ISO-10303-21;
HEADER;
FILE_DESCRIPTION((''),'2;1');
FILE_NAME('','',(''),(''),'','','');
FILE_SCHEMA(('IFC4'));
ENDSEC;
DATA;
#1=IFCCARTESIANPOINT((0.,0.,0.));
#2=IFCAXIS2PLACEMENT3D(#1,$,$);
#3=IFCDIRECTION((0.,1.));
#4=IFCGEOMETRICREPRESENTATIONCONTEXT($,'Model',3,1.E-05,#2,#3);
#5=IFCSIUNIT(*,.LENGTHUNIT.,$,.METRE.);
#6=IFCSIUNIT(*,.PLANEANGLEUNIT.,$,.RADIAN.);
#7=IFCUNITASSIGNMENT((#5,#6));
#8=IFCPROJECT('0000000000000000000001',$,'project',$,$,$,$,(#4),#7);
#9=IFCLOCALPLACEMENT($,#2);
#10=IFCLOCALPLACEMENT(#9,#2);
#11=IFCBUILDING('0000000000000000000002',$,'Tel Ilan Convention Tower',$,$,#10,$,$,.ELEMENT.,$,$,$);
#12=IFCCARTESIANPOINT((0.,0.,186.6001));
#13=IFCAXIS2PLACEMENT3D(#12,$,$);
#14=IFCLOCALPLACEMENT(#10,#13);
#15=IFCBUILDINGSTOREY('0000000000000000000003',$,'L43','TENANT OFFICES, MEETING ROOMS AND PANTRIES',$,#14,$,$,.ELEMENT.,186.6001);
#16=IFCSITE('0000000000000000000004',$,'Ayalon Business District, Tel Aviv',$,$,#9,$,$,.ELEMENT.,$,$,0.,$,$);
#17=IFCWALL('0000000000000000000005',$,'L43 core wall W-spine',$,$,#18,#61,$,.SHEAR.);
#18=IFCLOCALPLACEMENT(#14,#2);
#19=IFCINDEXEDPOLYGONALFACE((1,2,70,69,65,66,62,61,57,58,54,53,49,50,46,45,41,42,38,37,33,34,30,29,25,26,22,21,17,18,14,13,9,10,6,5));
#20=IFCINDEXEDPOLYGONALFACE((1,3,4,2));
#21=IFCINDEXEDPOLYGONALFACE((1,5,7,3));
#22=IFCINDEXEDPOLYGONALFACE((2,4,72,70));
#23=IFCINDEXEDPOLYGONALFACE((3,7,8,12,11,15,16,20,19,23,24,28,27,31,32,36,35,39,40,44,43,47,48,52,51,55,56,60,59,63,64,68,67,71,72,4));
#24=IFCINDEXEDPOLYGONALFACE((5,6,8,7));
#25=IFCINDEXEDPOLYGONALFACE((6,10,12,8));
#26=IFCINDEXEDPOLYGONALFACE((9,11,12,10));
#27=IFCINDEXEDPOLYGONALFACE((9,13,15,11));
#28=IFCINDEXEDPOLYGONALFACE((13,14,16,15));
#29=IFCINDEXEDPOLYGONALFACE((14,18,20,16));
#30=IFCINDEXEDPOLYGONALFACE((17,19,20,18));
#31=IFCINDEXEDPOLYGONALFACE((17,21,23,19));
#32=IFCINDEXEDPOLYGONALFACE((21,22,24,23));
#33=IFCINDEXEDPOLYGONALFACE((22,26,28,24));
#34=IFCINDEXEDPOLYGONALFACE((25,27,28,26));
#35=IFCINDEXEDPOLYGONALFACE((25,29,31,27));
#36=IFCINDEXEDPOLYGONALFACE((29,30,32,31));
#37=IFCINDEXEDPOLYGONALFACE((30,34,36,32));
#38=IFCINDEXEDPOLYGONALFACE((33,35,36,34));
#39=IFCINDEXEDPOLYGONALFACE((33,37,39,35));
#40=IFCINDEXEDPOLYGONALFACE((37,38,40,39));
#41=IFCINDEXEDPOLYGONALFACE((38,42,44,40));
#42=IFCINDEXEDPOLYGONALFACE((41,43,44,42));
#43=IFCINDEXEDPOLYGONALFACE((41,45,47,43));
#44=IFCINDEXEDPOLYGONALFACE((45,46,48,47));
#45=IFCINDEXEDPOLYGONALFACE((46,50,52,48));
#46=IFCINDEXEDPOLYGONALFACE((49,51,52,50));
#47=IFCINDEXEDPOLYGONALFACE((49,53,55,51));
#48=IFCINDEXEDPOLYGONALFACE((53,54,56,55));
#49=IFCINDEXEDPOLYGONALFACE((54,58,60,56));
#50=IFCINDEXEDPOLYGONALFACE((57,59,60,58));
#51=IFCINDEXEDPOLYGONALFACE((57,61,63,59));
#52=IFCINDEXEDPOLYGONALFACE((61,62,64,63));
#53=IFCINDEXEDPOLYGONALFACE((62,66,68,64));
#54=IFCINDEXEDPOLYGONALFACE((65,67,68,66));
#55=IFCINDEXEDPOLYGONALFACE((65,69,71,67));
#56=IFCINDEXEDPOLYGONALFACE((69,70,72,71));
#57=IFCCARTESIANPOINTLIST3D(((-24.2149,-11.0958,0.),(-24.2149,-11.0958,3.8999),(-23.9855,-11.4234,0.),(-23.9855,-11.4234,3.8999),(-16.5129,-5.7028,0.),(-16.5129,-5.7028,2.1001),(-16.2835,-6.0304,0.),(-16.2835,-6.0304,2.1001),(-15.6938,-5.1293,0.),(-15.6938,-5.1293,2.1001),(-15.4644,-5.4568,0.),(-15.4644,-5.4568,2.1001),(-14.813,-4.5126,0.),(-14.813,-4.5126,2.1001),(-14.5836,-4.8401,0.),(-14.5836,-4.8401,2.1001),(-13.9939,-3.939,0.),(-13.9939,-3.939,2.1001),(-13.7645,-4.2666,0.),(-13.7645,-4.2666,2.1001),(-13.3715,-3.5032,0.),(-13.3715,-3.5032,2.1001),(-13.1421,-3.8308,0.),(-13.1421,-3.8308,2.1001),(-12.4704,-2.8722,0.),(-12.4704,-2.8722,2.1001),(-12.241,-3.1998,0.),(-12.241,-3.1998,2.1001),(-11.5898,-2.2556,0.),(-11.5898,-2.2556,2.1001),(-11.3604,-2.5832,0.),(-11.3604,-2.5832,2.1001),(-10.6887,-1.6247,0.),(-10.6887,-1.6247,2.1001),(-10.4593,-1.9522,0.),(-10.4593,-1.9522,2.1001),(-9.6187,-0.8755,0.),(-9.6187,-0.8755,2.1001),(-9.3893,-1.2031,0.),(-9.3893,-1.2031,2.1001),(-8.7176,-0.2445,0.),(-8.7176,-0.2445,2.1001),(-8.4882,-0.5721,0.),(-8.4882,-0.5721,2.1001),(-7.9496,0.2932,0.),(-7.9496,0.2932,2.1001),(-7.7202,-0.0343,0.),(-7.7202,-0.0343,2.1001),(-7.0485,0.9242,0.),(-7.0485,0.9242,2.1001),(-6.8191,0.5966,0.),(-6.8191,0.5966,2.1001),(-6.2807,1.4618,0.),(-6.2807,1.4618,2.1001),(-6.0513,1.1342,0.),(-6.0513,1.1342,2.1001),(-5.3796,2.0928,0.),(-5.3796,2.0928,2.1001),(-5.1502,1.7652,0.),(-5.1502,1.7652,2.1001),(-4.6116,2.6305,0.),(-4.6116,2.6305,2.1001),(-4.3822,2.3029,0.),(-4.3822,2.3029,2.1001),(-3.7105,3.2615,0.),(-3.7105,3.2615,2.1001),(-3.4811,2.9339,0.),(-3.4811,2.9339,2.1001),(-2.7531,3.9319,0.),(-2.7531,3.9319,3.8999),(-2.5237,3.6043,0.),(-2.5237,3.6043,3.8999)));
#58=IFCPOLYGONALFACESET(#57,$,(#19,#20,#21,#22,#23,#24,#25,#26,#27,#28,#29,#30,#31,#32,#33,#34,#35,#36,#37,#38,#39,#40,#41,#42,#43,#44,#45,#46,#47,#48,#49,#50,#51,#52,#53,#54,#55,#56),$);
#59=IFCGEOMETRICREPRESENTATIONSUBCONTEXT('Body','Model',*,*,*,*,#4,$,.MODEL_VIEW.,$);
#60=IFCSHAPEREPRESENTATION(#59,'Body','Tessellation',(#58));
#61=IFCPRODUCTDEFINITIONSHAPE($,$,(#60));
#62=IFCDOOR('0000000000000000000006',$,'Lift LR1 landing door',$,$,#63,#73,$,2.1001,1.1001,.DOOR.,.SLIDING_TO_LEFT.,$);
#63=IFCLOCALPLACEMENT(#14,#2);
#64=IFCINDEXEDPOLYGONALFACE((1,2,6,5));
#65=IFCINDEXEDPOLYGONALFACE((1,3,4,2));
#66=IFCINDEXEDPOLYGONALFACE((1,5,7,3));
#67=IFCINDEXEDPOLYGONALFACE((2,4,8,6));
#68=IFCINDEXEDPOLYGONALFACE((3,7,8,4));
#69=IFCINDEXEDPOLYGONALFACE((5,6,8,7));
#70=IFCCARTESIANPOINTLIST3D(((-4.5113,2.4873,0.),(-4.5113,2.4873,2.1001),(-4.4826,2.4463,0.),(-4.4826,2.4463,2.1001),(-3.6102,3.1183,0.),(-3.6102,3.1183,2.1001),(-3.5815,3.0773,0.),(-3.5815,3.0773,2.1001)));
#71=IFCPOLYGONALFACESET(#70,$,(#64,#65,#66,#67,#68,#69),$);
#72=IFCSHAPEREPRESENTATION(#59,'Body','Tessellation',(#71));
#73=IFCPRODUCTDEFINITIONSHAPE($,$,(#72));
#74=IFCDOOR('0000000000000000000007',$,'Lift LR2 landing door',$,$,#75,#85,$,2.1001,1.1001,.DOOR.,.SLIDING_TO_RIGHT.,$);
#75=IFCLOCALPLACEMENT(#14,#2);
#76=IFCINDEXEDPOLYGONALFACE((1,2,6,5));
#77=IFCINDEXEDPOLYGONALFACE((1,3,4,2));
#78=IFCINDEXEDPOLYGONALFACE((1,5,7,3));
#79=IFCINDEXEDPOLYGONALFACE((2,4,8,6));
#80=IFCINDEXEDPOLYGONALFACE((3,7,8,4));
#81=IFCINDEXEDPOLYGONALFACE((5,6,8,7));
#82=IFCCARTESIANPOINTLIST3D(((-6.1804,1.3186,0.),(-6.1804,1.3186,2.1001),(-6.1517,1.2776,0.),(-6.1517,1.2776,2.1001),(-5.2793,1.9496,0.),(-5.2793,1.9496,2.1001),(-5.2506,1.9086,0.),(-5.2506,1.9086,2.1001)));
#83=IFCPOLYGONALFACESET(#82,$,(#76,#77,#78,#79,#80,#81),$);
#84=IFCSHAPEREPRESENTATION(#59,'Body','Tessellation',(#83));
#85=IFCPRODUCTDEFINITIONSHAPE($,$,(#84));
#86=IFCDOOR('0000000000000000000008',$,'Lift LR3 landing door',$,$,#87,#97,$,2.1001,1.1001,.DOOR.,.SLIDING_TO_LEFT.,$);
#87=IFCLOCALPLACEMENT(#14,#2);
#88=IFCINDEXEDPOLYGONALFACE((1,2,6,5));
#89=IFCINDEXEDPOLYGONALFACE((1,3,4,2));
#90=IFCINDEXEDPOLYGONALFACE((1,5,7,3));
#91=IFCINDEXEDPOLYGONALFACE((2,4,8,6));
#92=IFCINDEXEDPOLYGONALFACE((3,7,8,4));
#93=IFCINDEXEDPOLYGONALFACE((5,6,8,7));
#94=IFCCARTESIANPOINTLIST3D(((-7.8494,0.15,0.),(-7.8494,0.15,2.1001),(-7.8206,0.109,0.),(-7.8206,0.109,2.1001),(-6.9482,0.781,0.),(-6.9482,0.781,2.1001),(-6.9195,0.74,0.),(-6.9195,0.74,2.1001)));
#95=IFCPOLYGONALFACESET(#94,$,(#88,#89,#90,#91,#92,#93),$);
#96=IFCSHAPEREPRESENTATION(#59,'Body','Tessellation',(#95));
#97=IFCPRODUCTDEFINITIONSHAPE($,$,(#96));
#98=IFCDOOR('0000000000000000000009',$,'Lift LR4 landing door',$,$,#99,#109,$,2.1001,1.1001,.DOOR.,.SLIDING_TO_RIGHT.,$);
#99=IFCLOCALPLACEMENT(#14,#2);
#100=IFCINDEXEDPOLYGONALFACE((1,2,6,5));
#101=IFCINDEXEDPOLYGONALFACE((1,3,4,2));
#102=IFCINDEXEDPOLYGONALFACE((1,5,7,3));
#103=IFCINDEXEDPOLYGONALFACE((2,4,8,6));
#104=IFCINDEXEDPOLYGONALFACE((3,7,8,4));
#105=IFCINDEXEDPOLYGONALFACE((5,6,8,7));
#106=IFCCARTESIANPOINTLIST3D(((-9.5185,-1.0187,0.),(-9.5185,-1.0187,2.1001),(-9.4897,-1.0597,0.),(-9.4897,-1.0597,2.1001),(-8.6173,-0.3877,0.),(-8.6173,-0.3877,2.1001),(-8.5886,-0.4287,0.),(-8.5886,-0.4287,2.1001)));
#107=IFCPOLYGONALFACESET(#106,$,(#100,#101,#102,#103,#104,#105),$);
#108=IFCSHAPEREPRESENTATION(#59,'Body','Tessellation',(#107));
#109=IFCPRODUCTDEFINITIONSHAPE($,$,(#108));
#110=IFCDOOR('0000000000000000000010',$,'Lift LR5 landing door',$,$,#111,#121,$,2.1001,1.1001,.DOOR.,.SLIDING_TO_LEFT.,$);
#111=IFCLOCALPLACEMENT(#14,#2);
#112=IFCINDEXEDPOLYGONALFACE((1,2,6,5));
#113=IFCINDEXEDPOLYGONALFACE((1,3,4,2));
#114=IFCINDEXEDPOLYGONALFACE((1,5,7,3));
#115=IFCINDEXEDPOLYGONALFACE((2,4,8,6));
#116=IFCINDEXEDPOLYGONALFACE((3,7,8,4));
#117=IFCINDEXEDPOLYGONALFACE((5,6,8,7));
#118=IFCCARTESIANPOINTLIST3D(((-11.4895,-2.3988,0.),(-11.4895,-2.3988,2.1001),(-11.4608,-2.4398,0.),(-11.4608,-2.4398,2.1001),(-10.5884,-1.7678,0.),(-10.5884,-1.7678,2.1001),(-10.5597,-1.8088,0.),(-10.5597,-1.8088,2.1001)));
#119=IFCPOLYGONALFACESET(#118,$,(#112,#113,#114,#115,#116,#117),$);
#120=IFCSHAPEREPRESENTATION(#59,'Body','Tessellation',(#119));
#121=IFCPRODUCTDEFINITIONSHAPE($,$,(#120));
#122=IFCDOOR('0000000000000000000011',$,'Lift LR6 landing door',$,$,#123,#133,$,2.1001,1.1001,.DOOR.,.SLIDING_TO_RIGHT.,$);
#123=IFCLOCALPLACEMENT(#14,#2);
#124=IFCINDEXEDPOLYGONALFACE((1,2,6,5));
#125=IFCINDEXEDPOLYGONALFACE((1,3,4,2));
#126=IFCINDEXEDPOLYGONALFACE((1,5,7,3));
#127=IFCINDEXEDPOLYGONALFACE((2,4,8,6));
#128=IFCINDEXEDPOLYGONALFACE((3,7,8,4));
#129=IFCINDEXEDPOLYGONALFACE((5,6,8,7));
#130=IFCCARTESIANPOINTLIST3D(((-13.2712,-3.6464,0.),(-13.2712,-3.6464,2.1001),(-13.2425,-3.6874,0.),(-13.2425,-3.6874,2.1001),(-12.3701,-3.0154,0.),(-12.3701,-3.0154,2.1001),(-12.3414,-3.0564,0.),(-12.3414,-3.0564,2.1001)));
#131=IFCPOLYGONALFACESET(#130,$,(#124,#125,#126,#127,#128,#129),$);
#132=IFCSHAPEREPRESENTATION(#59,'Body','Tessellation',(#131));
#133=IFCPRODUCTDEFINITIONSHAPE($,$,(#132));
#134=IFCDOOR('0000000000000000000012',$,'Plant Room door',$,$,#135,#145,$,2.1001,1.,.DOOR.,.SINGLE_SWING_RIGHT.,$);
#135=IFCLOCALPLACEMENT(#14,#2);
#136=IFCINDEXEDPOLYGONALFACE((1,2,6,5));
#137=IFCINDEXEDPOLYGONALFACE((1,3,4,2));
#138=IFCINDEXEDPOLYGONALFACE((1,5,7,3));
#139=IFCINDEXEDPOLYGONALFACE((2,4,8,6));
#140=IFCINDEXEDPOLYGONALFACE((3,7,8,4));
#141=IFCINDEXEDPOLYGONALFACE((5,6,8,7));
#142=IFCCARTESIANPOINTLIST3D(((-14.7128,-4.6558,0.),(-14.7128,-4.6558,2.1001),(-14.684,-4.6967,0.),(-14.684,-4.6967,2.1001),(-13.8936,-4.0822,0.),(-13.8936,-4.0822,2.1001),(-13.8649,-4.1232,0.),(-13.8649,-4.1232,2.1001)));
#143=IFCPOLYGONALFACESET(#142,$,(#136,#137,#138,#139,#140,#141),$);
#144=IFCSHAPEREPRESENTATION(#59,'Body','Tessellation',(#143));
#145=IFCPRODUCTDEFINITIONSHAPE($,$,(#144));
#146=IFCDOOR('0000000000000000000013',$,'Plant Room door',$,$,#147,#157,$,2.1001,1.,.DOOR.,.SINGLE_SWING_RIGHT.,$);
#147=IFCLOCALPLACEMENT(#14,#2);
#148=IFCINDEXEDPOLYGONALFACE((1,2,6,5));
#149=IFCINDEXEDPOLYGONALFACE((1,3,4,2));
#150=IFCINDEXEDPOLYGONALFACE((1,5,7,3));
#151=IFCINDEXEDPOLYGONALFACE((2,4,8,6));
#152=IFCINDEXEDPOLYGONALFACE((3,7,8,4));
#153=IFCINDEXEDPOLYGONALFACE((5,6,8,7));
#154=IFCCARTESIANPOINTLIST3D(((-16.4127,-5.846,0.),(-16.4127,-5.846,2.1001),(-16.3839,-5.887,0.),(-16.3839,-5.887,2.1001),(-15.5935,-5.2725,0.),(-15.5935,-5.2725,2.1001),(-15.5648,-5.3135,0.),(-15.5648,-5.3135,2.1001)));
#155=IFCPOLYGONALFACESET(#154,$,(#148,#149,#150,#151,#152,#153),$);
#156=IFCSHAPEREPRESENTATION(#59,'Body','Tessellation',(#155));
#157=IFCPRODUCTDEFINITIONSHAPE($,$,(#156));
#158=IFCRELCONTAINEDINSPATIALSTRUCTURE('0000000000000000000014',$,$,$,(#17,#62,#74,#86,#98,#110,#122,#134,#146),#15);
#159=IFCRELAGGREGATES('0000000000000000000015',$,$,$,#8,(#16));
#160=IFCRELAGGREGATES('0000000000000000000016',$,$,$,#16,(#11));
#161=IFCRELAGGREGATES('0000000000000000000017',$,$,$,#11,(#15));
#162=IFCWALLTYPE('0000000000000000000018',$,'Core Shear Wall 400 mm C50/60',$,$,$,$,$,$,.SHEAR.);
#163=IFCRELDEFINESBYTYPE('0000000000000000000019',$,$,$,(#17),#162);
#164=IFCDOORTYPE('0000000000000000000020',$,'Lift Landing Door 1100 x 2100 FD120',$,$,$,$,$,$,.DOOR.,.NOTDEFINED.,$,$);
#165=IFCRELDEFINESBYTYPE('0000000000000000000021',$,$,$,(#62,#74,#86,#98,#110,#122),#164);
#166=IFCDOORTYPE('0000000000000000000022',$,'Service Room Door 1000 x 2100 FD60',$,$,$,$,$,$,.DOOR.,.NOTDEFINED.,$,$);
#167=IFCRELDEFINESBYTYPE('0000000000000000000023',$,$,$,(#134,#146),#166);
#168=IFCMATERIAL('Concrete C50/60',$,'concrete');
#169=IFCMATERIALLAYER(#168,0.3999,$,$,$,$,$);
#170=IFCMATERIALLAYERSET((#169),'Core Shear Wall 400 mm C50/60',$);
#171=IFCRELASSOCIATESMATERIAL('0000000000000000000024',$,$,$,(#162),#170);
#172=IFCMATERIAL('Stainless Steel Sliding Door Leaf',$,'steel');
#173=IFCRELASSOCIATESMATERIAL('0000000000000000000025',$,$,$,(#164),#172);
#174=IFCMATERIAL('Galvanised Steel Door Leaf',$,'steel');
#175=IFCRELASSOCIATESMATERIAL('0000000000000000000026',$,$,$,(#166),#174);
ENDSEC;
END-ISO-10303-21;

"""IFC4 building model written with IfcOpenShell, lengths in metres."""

from ifc_helpers import new_model, si_unit, direction, frame, frame_2d, origin, place, context, subcontext, project, spatial, polyline, rectangle, outline, extrude, material, layer, layer_set, type_object, element, fill, save


model = new_model("IFC4")

# Units and contexts
model_context = context("Model", 3, precision=1e-05, world=origin(), true_north=direction((0.0, 1.0)))
body_context = subcontext(model_context, "Body", "Model", "MODEL_VIEW")
ifc_project = project(units=[si_unit("LENGTHUNIT", "METRE"), si_unit("PLANEANGLEUNIT", "RADIAN")], contexts=[model_context])

# Site, building, storey
site_placement = place(None, origin())
site = spatial("IfcSite", under=ifc_project, at=site_placement, Name="Ayalon Business District, Tel Aviv", CompositionType="ELEMENT", RefElevation=0.0)
building_placement = place(site_placement, origin())
building = spatial("IfcBuilding", under=site, at=building_placement, Name="Tel Ilan Convention Tower", CompositionType="ELEMENT")
storey_placement = place(building_placement, frame((0.0, 0.0, 186.6001)))
storey = spatial("IfcBuildingStorey", under=building, at=storey_placement, Name="L43", Description="TENANT OFFICES, MEETING ROOMS AND PANTRIES", CompositionType="ELEMENT", Elevation=186.6001)

# Wall, openings, doors
ifc_material_1 = material(Name="Concrete C50/60", Category="concrete")
ifc_layer_1 = layer(ifc_material_1, 0.3999)
ifc_layer_set_1 = layer_set([ifc_layer_1], Name="Core Shear Wall 400 mm C50/60")
wall_type_1 = type_object("IfcWallType", Name="Core Shear Wall 400 mm C50/60", PredefinedType="SHEAR", material=ifc_layer_set_1)
wall_1_placement = place(storey_placement, frame((-2.6384, 3.7681, 0.0), z_axis=(0.0, 0.0, 1.0), x_axis=(-0.819153, -0.573576, 0.0)))
wall_1 = element("IfcWall", 1, at=wall_1_placement, inside=storey, type_object=wall_type_1, Name="L43 core wall W-spine", PredefinedType="SHEAR", context=body_context, shape_type="SweptSolid", body=[
    extrude(outline(polyline([(26.2, 0.2), (0.0, 0.2), (0.0, -0.2), (26.2, -0.2), (26.2, 0.2)])), origin(), (0.0, 0.0, 1.0), 3.8999),
])
opening_1_placement = place(wall_1_placement, frame((1.1687, 0.0, 0.0)))
opening_1 = element("IfcOpeningElement", 2, at=opening_1_placement, cuts=wall_1, PredefinedType="OPENING", context=body_context, shape_type="SweptSolid", body=[
    extrude(rectangle(XDim=1.1001, YDim=2.1001, at=frame_2d((0.55, 1.05))), frame((0.0, 0.21, 0.0), z_axis=(0.0, -1.0, 0.0), x_axis=(1.0, 0.0, 0.0)), (0.0, 0.0, 1.0), 0.4199),
])
opening_2_placement = place(wall_1_placement, frame((3.2063, 0.0, 0.0)))
opening_2 = element("IfcOpeningElement", 3, at=opening_2_placement, cuts=wall_1, PredefinedType="OPENING", context=body_context, shape_type="SweptSolid", body=[
    extrude(rectangle(XDim=1.1001, YDim=2.1001, at=frame_2d((0.55, 1.05))), frame((0.0, 0.21, 0.0), z_axis=(0.0, -1.0, 0.0), x_axis=(1.0, 0.0, 0.0)), (0.0, 0.0, 1.0), 0.4199),
])
opening_3_placement = place(wall_1_placement, frame((5.2437, 0.0, 0.0)))
opening_3 = element("IfcOpeningElement", 4, at=opening_3_placement, cuts=wall_1, PredefinedType="OPENING", context=body_context, shape_type="SweptSolid", body=[
    extrude(rectangle(XDim=1.1001, YDim=2.1001, at=frame_2d((0.55, 1.05))), frame((0.0, 0.21, 0.0), z_axis=(0.0, -1.0, 0.0), x_axis=(1.0, 0.0, 0.0)), (0.0, 0.0, 1.0), 0.4199),
])
opening_4_placement = place(wall_1_placement, frame((7.2812, 0.0, 0.0)))
opening_4 = element("IfcOpeningElement", 5, at=opening_4_placement, cuts=wall_1, PredefinedType="OPENING", context=body_context, shape_type="SweptSolid", body=[
    extrude(rectangle(XDim=1.1001, YDim=2.1001, at=frame_2d((0.55, 1.05))), frame((0.0, 0.21, 0.0), z_axis=(0.0, -1.0, 0.0), x_axis=(1.0, 0.0, 0.0)), (0.0, 0.0, 1.0), 0.4199),
])
opening_5_placement = place(wall_1_placement, frame((9.6875, 0.0, 0.0)))
opening_5 = element("IfcOpeningElement", 6, at=opening_5_placement, cuts=wall_1, PredefinedType="OPENING", context=body_context, shape_type="SweptSolid", body=[
    extrude(rectangle(XDim=1.1001, YDim=2.1001, at=frame_2d((0.55, 1.05))), frame((0.0, 0.21, 0.0), z_axis=(0.0, -1.0, 0.0), x_axis=(1.0, 0.0, 0.0)), (0.0, 0.0, 1.0), 0.4199),
])
opening_6_placement = place(wall_1_placement, frame((11.8625, 0.0, 0.0)))
opening_6 = element("IfcOpeningElement", 7, at=opening_6_placement, cuts=wall_1, PredefinedType="OPENING", context=body_context, shape_type="SweptSolid", body=[
    extrude(rectangle(XDim=1.1001, YDim=2.1001, at=frame_2d((0.55, 1.05))), frame((0.0, 0.21, 0.0), z_axis=(0.0, -1.0, 0.0), x_axis=(1.0, 0.0, 0.0)), (0.0, 0.0, 1.0), 0.4199),
])
opening_7_placement = place(wall_1_placement, frame((13.7224, 0.0, 0.0)))
opening_7 = element("IfcOpeningElement", 8, at=opening_7_placement, cuts=wall_1, PredefinedType="OPENING", context=body_context, shape_type="SweptSolid", body=[
    extrude(rectangle(XDim=1.0, YDim=2.1001, at=frame_2d((0.5, 1.05))), frame((0.0, 0.21, 0.0), z_axis=(0.0, -1.0, 0.0), x_axis=(1.0, 0.0, 0.0)), (0.0, 0.0, 1.0), 0.4199),
])
opening_8_placement = place(wall_1_placement, frame((15.7976, 0.0, 0.0)))
opening_8 = element("IfcOpeningElement", 9, at=opening_8_placement, cuts=wall_1, PredefinedType="OPENING", context=body_context, shape_type="SweptSolid", body=[
    extrude(rectangle(XDim=1.0, YDim=2.1001, at=frame_2d((0.5, 1.05))), frame((0.0, 0.21, 0.0), z_axis=(0.0, -1.0, 0.0), x_axis=(1.0, 0.0, 0.0)), (0.0, 0.0, 1.0), 0.4199),
])
ifc_material_2 = material(Name="Stainless Steel Sliding Door Leaf", Category="steel")
door_type_1 = type_object("IfcDoorType", Name="Lift Landing Door 1100 x 2100 FD120", OperationType="NOTDEFINED", PredefinedType="DOOR", material=ifc_material_2)
door_1_placement = place(opening_1_placement, origin())
door_1 = element("IfcDoor", 10, at=door_1_placement, inside=storey, type_object=door_type_1, Name="Lift LR1 landing door", OperationType="SLIDING_TO_LEFT", OverallHeight=2.1001, OverallWidth=1.1001, PredefinedType="DOOR", context=body_context, shape_type="SweptSolid", body=[
    extrude(rectangle(XDim=1.1001, YDim=2.1001, at=frame_2d((0.55, 1.05))), frame((0.0, 0.0249, 0.0), z_axis=(0.0, -1.0, 0.0), x_axis=(1.0, 0.0, 0.0)), (0.0, 0.0, 1.0), 0.05),
])
fill(opening_1, door_1)
door_2_placement = place(opening_2_placement, origin())
door_2 = element("IfcDoor", 11, at=door_2_placement, inside=storey, type_object=door_type_1, Name="Lift LR2 landing door", OperationType="SLIDING_TO_RIGHT", OverallHeight=2.1001, OverallWidth=1.1001, PredefinedType="DOOR", context=body_context, shape_type="SweptSolid", body=[
    extrude(rectangle(XDim=1.1001, YDim=2.1001, at=frame_2d((0.55, 1.05))), frame((0.0, 0.0249, 0.0), z_axis=(0.0, -1.0, 0.0), x_axis=(1.0, 0.0, 0.0)), (0.0, 0.0, 1.0), 0.05),
])
fill(opening_2, door_2)
door_3_placement = place(opening_3_placement, origin())
door_3 = element("IfcDoor", 12, at=door_3_placement, inside=storey, type_object=door_type_1, Name="Lift LR3 landing door", OperationType="SLIDING_TO_LEFT", OverallHeight=2.1001, OverallWidth=1.1001, PredefinedType="DOOR", context=body_context, shape_type="SweptSolid", body=[
    extrude(rectangle(XDim=1.1001, YDim=2.1001, at=frame_2d((0.55, 1.05))), frame((0.0, 0.0249, 0.0), z_axis=(0.0, -1.0, 0.0), x_axis=(1.0, 0.0, 0.0)), (0.0, 0.0, 1.0), 0.05),
])
fill(opening_3, door_3)
door_4_placement = place(opening_4_placement, origin())
door_4 = element("IfcDoor", 13, at=door_4_placement, inside=storey, type_object=door_type_1, Name="Lift LR4 landing door", OperationType="SLIDING_TO_RIGHT", OverallHeight=2.1001, OverallWidth=1.1001, PredefinedType="DOOR", context=body_context, shape_type="SweptSolid", body=[
    extrude(rectangle(XDim=1.1001, YDim=2.1001, at=frame_2d((0.55, 1.05))), frame((0.0, 0.0249, 0.0), z_axis=(0.0, -1.0, 0.0), x_axis=(1.0, 0.0, 0.0)), (0.0, 0.0, 1.0), 0.05),
])
fill(opening_4, door_4)
door_5_placement = place(opening_5_placement, origin())
door_5 = element("IfcDoor", 14, at=door_5_placement, inside=storey, type_object=door_type_1, Name="Lift LR5 landing door", OperationType="SLIDING_TO_LEFT", OverallHeight=2.1001, OverallWidth=1.1001, PredefinedType="DOOR", context=body_context, shape_type="SweptSolid", body=[
    extrude(rectangle(XDim=1.1001, YDim=2.1001, at=frame_2d((0.55, 1.05))), frame((0.0, 0.0249, 0.0), z_axis=(0.0, -1.0, 0.0), x_axis=(1.0, 0.0, 0.0)), (0.0, 0.0, 1.0), 0.05),
])
fill(opening_5, door_5)
door_6_placement = place(opening_6_placement, origin())
door_6 = element("IfcDoor", 15, at=door_6_placement, inside=storey, type_object=door_type_1, Name="Lift LR6 landing door", OperationType="SLIDING_TO_RIGHT", OverallHeight=2.1001, OverallWidth=1.1001, PredefinedType="DOOR", context=body_context, shape_type="SweptSolid", body=[
    extrude(rectangle(XDim=1.1001, YDim=2.1001, at=frame_2d((0.55, 1.05))), frame((0.0, 0.0249, 0.0), z_axis=(0.0, -1.0, 0.0), x_axis=(1.0, 0.0, 0.0)), (0.0, 0.0, 1.0), 0.05),
])
fill(opening_6, door_6)
ifc_material_3 = material(Name="Galvanised Steel Door Leaf", Category="steel")
door_type_2 = type_object("IfcDoorType", Name="Service Room Door 1000 x 2100 FD60", OperationType="NOTDEFINED", PredefinedType="DOOR", material=ifc_material_3)
door_7_placement = place(opening_7_placement, origin())
door_7 = element("IfcDoor", 16, at=door_7_placement, inside=storey, type_object=door_type_2, Name="Plant Room door", OperationType="SINGLE_SWING_RIGHT", OverallHeight=2.1001, OverallWidth=1.0, PredefinedType="DOOR", context=body_context, shape_type="SweptSolid", body=[
    extrude(rectangle(XDim=1.0, YDim=2.1001, at=frame_2d((0.5, 1.05))), frame((0.0, 0.0249, 0.0), z_axis=(0.0, -1.0, 0.0), x_axis=(1.0, 0.0, 0.0)), (0.0, 0.0, 1.0), 0.05),
])
fill(opening_7, door_7)
door_8_placement = place(opening_8_placement, origin())
door_8 = element("IfcDoor", 17, at=door_8_placement, inside=storey, type_object=door_type_2, Name="Plant Room door", OperationType="SINGLE_SWING_RIGHT", OverallHeight=2.1001, OverallWidth=1.0, PredefinedType="DOOR", context=body_context, shape_type="SweptSolid", body=[
    extrude(rectangle(XDim=1.0, YDim=2.1001, at=frame_2d((0.5, 1.05))), frame((0.0, 0.0249, 0.0), z_axis=(0.0, -1.0, 0.0), x_axis=(1.0, 0.0, 0.0)), (0.0, 0.0, 1.0), 0.05),
])
fill(opening_8, door_8)

save(model, "model.ifc")
